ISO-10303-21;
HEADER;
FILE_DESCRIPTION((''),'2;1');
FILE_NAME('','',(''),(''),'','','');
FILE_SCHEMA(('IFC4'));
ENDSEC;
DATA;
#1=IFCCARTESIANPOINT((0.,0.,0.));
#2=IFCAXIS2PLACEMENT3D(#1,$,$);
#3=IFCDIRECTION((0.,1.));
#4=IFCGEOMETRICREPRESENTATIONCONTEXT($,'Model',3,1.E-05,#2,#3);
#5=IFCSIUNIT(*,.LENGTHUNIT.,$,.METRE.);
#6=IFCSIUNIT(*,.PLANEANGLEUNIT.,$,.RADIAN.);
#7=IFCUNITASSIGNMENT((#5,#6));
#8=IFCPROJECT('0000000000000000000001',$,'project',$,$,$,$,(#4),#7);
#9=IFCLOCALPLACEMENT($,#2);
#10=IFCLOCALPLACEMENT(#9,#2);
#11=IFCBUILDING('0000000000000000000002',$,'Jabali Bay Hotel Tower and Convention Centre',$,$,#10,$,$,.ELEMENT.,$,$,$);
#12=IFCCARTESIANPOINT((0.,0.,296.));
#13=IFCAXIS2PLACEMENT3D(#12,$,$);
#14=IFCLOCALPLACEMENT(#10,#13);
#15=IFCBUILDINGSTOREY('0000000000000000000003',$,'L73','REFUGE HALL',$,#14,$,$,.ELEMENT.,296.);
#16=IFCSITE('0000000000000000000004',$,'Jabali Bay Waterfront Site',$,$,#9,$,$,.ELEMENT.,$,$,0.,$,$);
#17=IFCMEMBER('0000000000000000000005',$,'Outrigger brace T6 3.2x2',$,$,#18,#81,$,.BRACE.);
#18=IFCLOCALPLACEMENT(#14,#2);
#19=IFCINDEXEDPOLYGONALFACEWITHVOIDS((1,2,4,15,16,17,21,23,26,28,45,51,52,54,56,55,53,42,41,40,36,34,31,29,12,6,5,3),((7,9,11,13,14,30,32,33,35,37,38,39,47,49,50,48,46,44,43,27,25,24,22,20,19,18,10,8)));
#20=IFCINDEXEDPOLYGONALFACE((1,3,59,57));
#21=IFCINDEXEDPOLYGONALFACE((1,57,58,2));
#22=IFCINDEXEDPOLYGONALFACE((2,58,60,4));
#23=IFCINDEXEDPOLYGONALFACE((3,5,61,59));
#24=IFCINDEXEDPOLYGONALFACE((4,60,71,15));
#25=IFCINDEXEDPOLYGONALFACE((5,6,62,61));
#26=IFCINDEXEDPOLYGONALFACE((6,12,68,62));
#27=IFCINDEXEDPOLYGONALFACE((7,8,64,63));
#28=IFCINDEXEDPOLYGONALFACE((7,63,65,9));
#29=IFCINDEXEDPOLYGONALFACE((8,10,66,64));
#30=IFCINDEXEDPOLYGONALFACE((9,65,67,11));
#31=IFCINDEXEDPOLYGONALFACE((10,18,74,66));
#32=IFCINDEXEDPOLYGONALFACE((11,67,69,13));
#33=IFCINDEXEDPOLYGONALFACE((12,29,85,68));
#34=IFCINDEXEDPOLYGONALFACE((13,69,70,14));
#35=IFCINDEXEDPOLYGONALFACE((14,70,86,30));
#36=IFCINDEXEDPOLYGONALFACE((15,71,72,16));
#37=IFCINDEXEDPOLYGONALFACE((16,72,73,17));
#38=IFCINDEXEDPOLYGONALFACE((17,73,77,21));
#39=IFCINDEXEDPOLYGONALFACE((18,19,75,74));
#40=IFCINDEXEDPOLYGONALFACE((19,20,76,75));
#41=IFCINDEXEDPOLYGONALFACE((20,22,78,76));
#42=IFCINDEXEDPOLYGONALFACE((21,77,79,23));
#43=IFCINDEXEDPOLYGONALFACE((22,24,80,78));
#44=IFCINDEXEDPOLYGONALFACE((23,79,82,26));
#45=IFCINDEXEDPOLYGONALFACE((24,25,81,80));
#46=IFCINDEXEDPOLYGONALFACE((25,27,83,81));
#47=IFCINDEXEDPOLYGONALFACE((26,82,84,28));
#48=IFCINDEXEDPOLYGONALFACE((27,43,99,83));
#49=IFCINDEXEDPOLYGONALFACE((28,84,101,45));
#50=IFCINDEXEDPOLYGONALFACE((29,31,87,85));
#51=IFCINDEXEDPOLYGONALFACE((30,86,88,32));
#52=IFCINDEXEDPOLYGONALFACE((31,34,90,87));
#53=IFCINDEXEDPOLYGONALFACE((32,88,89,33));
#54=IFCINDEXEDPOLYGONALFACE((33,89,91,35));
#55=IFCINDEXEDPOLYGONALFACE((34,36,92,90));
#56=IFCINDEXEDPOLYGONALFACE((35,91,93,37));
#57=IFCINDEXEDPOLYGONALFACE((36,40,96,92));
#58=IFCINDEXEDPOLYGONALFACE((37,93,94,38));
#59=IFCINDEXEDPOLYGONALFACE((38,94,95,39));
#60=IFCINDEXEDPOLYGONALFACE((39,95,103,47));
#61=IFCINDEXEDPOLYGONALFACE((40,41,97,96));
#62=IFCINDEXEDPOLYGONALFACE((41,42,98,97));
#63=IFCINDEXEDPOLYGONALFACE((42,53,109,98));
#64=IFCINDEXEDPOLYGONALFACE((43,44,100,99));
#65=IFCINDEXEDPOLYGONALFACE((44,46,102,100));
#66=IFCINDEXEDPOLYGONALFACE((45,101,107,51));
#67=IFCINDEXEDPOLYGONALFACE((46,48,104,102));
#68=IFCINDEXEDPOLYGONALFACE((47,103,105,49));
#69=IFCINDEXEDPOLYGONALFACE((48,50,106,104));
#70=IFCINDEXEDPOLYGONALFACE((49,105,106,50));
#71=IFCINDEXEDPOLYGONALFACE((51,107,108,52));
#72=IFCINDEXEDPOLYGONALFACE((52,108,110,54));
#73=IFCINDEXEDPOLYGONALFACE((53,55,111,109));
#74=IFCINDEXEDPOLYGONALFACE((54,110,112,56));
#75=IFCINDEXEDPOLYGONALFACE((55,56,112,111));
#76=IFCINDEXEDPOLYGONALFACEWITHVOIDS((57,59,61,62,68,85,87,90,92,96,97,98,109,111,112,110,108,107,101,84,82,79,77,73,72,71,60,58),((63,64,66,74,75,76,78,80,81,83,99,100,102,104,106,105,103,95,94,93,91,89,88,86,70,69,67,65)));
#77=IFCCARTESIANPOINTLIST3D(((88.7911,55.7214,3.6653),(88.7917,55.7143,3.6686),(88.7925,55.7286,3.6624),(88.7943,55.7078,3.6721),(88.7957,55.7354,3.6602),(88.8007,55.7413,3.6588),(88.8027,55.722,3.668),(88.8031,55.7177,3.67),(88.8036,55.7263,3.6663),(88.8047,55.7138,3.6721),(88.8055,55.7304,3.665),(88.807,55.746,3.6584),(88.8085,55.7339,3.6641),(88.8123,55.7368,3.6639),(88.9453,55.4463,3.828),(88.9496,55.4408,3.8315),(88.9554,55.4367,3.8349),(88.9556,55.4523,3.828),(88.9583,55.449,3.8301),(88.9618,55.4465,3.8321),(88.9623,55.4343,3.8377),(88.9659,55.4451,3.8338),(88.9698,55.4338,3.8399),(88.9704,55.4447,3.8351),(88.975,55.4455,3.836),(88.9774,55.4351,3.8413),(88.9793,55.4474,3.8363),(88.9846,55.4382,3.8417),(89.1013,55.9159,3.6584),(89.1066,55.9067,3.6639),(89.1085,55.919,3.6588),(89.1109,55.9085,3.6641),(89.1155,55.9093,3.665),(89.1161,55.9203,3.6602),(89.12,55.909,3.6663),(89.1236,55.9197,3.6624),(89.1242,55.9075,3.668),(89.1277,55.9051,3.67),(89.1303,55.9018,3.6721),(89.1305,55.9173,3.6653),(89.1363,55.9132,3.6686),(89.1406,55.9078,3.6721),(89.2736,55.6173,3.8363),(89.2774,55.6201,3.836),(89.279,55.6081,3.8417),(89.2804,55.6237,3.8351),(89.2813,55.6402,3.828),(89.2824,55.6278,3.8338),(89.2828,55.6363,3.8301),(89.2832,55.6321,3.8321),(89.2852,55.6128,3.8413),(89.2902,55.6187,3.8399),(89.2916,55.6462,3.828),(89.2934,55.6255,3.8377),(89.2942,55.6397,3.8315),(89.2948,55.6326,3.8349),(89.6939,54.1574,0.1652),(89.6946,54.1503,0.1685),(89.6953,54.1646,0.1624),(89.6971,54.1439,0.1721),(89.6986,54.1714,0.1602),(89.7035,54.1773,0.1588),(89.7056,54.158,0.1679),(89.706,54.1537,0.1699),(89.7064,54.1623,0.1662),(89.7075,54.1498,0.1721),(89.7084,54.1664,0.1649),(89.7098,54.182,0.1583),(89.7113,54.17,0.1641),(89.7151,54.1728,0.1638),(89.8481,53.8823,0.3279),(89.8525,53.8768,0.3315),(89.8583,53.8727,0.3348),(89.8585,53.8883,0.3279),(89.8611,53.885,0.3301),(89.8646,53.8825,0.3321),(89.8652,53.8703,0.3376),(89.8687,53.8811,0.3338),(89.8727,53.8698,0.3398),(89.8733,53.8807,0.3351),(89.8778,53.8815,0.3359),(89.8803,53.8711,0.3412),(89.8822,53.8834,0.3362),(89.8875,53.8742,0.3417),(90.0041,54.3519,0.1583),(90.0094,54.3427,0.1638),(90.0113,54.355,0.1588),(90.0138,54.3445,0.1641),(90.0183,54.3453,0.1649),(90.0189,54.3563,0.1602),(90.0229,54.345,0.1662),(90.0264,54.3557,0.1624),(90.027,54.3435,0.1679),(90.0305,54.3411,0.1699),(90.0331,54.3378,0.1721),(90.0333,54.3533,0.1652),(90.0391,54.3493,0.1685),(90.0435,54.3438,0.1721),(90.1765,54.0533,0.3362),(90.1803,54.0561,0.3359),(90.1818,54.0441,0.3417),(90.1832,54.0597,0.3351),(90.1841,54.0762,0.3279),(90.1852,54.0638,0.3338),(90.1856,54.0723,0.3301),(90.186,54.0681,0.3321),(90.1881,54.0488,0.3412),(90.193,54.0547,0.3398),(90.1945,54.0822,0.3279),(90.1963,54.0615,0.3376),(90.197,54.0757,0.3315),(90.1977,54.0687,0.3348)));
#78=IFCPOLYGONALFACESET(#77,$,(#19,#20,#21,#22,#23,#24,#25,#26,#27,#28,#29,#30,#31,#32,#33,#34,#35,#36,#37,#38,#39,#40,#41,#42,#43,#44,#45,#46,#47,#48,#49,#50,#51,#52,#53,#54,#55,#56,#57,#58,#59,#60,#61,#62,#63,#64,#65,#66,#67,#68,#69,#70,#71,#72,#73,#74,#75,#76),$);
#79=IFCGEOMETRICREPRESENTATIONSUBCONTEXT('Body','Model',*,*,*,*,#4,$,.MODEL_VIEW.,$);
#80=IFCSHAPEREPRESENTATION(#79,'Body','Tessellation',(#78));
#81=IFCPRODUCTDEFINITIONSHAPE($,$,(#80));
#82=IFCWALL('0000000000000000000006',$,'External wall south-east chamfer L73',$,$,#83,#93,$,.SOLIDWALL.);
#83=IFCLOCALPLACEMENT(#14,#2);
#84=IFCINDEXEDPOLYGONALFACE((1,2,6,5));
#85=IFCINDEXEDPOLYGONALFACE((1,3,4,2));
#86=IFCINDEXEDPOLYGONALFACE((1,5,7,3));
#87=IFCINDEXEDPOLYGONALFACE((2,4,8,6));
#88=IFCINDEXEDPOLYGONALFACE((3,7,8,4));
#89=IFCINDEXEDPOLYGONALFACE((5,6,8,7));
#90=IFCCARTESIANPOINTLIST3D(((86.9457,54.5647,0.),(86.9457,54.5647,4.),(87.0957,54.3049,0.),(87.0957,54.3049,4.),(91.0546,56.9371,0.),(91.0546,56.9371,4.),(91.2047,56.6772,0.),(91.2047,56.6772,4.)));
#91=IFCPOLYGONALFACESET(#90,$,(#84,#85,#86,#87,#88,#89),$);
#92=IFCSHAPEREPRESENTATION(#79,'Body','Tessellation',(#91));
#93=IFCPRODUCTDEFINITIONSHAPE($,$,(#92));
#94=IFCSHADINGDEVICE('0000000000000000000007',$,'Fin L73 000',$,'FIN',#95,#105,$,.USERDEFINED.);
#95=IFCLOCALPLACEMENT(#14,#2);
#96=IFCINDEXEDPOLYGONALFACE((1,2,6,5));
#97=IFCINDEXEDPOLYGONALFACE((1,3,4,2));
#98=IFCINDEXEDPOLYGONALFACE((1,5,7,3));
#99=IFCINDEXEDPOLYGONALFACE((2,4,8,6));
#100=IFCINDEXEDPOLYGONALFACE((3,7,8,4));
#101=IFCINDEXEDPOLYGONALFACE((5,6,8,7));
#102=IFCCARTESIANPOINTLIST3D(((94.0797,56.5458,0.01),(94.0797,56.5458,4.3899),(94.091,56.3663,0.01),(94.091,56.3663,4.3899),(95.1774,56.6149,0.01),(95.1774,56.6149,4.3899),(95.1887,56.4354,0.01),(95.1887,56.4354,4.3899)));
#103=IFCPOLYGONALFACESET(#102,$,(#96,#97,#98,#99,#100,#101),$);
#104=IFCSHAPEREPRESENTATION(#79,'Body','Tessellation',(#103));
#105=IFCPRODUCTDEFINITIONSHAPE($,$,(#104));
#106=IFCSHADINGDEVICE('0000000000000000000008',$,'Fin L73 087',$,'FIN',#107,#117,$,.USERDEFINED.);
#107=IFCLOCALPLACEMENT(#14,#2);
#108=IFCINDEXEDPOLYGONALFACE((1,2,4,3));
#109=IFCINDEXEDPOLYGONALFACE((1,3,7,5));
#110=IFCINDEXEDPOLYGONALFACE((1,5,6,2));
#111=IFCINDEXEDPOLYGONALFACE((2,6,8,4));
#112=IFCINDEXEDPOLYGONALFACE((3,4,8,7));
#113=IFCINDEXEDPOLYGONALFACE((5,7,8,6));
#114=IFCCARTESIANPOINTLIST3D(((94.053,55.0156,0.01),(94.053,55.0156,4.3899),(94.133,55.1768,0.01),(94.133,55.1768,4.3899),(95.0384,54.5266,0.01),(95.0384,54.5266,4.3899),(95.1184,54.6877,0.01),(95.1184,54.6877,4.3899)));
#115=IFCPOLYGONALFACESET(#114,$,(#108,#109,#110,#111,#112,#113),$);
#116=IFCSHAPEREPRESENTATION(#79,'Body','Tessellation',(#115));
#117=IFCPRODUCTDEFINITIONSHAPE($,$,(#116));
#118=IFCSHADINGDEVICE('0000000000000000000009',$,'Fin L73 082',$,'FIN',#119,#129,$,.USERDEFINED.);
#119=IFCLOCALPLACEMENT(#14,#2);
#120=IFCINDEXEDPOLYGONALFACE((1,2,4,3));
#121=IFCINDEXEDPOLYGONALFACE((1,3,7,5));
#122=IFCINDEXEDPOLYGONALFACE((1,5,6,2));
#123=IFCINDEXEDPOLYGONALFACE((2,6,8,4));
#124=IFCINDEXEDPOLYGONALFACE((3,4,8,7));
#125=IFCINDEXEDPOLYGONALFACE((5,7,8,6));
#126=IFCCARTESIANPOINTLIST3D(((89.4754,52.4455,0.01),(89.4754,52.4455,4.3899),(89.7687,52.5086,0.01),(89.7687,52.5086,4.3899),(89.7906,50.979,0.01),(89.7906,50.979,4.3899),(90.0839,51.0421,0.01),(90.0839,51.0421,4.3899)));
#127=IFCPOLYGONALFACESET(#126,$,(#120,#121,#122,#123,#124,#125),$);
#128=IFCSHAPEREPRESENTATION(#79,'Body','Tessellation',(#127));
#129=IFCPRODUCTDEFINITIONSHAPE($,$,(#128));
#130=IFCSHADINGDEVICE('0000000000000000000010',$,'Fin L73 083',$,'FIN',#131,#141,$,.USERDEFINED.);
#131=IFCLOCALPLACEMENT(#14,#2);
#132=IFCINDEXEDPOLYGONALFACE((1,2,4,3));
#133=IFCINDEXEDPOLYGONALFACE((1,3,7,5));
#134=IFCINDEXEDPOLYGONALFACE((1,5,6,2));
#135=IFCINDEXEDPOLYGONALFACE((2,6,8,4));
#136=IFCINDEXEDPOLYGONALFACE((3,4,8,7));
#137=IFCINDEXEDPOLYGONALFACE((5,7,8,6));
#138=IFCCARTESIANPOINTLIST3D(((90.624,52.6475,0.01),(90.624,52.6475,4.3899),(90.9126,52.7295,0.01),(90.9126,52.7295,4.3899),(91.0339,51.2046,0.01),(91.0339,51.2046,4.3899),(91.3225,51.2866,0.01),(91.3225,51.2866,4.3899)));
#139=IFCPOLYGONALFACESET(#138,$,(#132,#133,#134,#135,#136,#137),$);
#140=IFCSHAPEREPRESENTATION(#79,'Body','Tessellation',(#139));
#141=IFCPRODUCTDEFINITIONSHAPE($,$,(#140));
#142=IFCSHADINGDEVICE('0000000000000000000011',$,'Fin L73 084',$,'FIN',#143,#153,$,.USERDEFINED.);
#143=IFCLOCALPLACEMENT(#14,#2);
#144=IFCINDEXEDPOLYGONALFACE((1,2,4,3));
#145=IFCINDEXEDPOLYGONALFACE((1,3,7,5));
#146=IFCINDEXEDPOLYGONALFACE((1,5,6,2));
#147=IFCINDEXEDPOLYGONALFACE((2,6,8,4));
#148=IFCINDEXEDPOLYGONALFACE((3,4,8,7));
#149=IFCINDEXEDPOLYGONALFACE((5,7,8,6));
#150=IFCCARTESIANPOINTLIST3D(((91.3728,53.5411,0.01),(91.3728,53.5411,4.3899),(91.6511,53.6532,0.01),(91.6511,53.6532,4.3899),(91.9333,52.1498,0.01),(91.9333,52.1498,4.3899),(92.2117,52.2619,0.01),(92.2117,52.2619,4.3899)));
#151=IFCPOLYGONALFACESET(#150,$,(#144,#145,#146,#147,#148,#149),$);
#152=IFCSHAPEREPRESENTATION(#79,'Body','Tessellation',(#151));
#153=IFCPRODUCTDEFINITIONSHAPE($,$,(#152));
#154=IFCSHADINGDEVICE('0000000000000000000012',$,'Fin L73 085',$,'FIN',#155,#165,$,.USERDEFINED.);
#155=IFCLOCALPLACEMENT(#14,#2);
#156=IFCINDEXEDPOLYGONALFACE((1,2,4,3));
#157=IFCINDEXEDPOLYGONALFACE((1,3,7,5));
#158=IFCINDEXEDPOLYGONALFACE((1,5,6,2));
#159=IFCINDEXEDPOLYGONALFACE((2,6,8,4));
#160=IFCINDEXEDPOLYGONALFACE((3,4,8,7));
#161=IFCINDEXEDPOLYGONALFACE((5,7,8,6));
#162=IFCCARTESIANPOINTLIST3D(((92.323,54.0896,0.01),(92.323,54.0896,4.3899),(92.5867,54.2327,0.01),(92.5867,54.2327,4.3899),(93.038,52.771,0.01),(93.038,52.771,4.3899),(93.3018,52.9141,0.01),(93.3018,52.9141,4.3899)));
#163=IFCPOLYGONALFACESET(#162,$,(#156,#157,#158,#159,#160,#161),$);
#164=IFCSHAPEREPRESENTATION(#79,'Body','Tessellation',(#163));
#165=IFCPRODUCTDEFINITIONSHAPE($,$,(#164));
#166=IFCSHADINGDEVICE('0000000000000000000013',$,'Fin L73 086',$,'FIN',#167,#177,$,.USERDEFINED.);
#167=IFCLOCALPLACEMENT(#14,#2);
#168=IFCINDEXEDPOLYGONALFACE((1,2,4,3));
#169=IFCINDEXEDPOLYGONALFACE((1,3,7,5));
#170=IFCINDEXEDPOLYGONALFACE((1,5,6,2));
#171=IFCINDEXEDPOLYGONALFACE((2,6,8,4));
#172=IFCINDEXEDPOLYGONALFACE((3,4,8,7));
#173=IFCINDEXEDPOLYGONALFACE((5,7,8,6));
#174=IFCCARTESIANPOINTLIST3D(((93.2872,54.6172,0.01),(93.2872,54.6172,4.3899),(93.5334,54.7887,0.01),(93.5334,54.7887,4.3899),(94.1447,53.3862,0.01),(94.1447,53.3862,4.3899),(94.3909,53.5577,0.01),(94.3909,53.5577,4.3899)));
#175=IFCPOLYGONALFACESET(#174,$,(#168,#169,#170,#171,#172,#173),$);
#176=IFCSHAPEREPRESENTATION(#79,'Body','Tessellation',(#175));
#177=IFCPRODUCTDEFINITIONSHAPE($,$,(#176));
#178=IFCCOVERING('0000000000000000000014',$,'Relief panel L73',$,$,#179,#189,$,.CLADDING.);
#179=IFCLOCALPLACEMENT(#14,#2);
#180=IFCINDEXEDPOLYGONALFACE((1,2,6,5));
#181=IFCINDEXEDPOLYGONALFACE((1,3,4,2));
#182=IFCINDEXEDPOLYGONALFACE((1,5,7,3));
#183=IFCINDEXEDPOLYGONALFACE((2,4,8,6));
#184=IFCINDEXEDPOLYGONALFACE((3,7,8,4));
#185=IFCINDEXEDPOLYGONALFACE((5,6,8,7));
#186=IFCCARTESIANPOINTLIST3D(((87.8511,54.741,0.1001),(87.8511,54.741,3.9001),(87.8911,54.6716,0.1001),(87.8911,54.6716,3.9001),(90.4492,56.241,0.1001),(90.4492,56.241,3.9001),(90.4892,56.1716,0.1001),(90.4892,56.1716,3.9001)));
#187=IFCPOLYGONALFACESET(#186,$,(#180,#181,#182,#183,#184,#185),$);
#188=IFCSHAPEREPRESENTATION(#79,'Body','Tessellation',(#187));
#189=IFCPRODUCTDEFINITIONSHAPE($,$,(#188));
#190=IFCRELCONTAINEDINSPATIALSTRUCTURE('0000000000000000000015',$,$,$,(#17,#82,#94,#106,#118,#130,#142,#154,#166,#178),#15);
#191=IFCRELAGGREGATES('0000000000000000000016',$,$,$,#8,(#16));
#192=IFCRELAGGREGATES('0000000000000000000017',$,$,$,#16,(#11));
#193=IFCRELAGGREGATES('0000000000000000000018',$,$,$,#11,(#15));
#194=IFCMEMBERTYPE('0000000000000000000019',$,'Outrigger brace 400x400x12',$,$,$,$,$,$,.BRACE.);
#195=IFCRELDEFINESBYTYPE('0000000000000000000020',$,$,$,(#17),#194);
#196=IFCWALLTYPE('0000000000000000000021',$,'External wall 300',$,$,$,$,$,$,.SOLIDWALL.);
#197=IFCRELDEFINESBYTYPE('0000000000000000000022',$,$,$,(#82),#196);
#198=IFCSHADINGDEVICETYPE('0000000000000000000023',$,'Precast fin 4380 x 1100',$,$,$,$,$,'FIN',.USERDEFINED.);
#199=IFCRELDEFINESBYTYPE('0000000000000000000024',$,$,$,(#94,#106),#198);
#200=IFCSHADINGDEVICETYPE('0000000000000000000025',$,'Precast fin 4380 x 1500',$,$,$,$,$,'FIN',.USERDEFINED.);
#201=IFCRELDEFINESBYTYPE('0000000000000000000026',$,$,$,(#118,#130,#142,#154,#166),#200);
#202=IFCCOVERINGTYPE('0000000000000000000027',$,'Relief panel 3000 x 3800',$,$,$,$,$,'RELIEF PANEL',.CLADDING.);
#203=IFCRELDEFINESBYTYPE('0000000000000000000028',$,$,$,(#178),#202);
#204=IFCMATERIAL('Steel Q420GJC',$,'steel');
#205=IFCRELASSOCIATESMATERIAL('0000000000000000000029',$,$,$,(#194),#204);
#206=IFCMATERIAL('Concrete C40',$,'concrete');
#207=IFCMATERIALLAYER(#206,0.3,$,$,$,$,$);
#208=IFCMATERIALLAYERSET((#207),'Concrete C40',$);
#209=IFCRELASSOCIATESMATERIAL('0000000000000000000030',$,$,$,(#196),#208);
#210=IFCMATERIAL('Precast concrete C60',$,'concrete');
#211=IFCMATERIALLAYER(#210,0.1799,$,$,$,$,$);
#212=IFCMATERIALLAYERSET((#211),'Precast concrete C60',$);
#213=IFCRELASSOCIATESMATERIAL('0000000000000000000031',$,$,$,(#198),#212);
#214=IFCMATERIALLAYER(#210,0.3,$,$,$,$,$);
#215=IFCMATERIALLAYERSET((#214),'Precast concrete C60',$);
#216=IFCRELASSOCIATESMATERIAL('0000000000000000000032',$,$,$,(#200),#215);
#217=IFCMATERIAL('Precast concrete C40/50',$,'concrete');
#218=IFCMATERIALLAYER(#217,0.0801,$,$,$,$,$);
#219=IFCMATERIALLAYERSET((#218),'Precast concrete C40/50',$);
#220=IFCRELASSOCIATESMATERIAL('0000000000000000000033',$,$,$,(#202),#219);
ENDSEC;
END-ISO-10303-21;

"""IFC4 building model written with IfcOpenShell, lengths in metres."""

from ifc_helpers import new_model, si_unit, direction, frame, frame_2d, origin, origin_2d, place, context, subcontext, project, spatial, rectangle, hollow_rectangle, extrude, material, layer, layer_set, material_profile, profile_set, type_object, element, save


model = new_model("IFC4")

# Units and contexts
model_context = context("Model", 3, precision=1e-05, world=origin(), true_north=direction((0.0, 1.0)))
body_context = subcontext(model_context, "Body", "Model", "MODEL_VIEW")
ifc_project = project(units=[si_unit("LENGTHUNIT", "METRE"), si_unit("PLANEANGLEUNIT", "RADIAN")], contexts=[model_context])

# Site, building, storey
site_placement = place(None, origin())
site = spatial("IfcSite", under=ifc_project, at=site_placement, Name="Jabali Bay Waterfront Site", CompositionType="ELEMENT", RefElevation=0.0)
building_placement = place(site_placement, origin())
building = spatial("IfcBuilding", under=site, at=building_placement, Name="Jabali Bay Hotel Tower and Convention Centre", CompositionType="ELEMENT")
storey_placement = place(building_placement, frame((0.0, 0.0, 296.0)))
storey = spatial("IfcBuildingStorey", under=building, at=storey_placement, Name="L73", Description="REFUGE HALL", CompositionType="ELEMENT", Elevation=296.0)

# Member
ifc_material_1 = material(Name="Steel Q420GJC", Category="steel")
ifc_material_profile_1 = material_profile(ifc_material_1, hollow_rectangle(XDim=0.3999, YDim=0.3999, WallThickness=0.012, InnerFilletRadius=0.0181, OuterFilletRadius=0.03, at=origin_2d()), Name="Outrigger brace 400x400x12")
ifc_profile_set_1 = profile_set([ifc_material_profile_1], Name="Steel Q420GJC")
member_type_1 = type_object("IfcMemberType", Name="Outrigger brace 400x400x12", PredefinedType="BRACE", material=ifc_profile_set_1)
member_1_placement = place(storey_placement, frame((89.9458, 54.113, 0.25), z_axis=(-0.229238, 0.397105, 0.888683), x_axis=(-0.866055, -0.499949, 0.0)))
element("IfcMember", 1, at=member_1_placement, inside=storey, type_object=member_type_1, Name="Outrigger brace T6 3.2x2", PredefinedType="BRACE", context=body_context, shape_type="SweptSolid", body=[
    extrude(hollow_rectangle(XDim=0.3999, YDim=0.3999, WallThickness=0.012, InnerFilletRadius=0.0181, OuterFilletRadius=0.03, at=origin_2d()), origin(), (0.0, 0.0, 1.0), 3.9385),
])

# Wall
ifc_material_2 = material(Name="Concrete C40", Category="concrete")
ifc_layer_1 = layer(ifc_material_2, 0.3)
ifc_layer_set_1 = layer_set([ifc_layer_1], Name="Concrete C40")
wall_type = type_object("IfcWallType", Name="External wall 300", PredefinedType="SOLIDWALL", material=ifc_layer_set_1)
wall_placement = place(storey_placement, frame((91.1296, 56.8071, 0.0), z_axis=(0.0, 0.0, 1.0), x_axis=(-0.866021, -0.500008, 0.0)))
element("IfcWall", 2, at=wall_placement, inside=storey, type_object=wall_type, Name="External wall south-east chamfer L73", PredefinedType="SOLIDWALL", context=body_context, shape_type="SweptSolid", body=[
    extrude(rectangle(XDim=4.7446, YDim=0.3, at=frame_2d((2.3723, 0.0))), origin(), (0.0, 0.0, 1.0), 4.0),
])

# Shading devices
ifc_material_3 = material(Name="Precast concrete C60", Category="concrete")
ifc_layer_2 = layer(ifc_material_3, 0.1799)
ifc_layer_set_2 = layer_set([ifc_layer_2], Name="Precast concrete C60")
shading_device_type_1 = type_object("IfcShadingDeviceType", Name="Precast fin 4380 x 1100", ElementType="FIN", PredefinedType="USERDEFINED", material=ifc_layer_set_2)
shading_device_1_placement = place(storey_placement, frame((94.0854, 56.4561, 0.01), z_axis=(0.0, 0.0, 1.0), x_axis=(0.998025, 0.062821, 0.0)))
element("IfcShadingDevice", 3, at=shading_device_1_placement, inside=storey, type_object=shading_device_type_1, Name="Fin L73 000", ObjectType="FIN", PredefinedType="USERDEFINED", context=body_context, shape_type="SweptSolid", body=[
    extrude(rectangle(XDim=1.0999, YDim=0.1799, at=frame_2d((0.5498, 0.0))), origin(), (0.0, 0.0, 1.0), 4.3799),
])
shading_device_2_placement = place(storey_placement, frame((94.093, 55.0962, 0.01), z_axis=(0.0, 0.0, 1.0), x_axis=(0.895755, -0.444548, 0.0)))
element("IfcShadingDevice", 4, at=shading_device_2_placement, inside=storey, type_object=shading_device_type_1, Name="Fin L73 087", ObjectType="FIN", PredefinedType="USERDEFINED", context=body_context, shape_type="SweptSolid", body=[
    extrude(rectangle(XDim=1.1001, YDim=0.1799, at=frame_2d((0.55, 0.0))), origin(), (0.0, 0.0, 1.0), 4.3799),
])
ifc_layer_3 = layer(ifc_material_3, 0.3)
ifc_layer_set_3 = layer_set([ifc_layer_3], Name="Precast concrete C60")
shading_device_type_2 = type_object("IfcShadingDeviceType", Name="Precast fin 4380 x 1500", ElementType="FIN", PredefinedType="USERDEFINED", material=ifc_layer_set_3)
for number, where, z_axis, x_axis, name in (
    (5, (89.6221, 52.4771, 0.01), (0.0, 0.0, 1.0), (0.210118, -0.977676, 0.0), "Fin L73 082"),
    (6, (90.7683, 52.6885, 0.01), (0.0, 0.0, 1.0), (0.273281, -0.961934, 0.0), "Fin L73 083"),
    (7, (91.512, 53.5972, 0.01), (0.0, 0.0, 1.0), (0.373691, -0.927553, 0.0), "Fin L73 084"),
    (8, (92.4548, 54.1611, 0.01), (0.0, 0.0, 1.0), (0.476718, -0.879056, 0.0), "Fin L73 085"),
):
    element("IfcShadingDevice", number, at=place(storey_placement, frame(where, z_axis=z_axis, x_axis=x_axis)), inside=storey, type_object=shading_device_type_2, Name=name, ObjectType="FIN", PredefinedType="USERDEFINED", context=body_context, shape_type="SweptSolid", body=[
        extrude(rectangle(XDim=1.5, YDim=0.3, at=frame_2d((0.75, 0.0))), origin(), (0.0, 0.0, 1.0), 4.3799),
    ])
shading_device_3_placement = place(storey_placement, frame((93.4104, 54.7029, 0.01), z_axis=(0.0, 0.0, 1.0), x_axis=(0.57156, -0.82056, 0.0)))
element("IfcShadingDevice", 9, at=shading_device_3_placement, inside=storey, type_object=shading_device_type_2, Name="Fin L73 086", ObjectType="FIN", PredefinedType="USERDEFINED", context=body_context, shape_type="SweptSolid", body=[
    extrude(rectangle(XDim=1.5002, YDim=0.3, at=frame_2d((0.75, 0.0))), origin(), (0.0, 0.0, 1.0), 4.3799),
])

# Covering
ifc_material_4 = material(Name="Precast concrete C40/50", Category="concrete")
ifc_layer_4 = layer(ifc_material_4, 0.0801)
ifc_layer_set_4 = layer_set([ifc_layer_4], Name="Precast concrete C40/50")
covering_type = type_object("IfcCoveringType", Name="Relief panel 3000 x 3800", ElementType="RELIEF PANEL", PredefinedType="CLADDING", material=ifc_layer_set_4)
covering_placement = place(storey_placement, frame((89.1702, 55.4563, 0.1001), z_axis=(0.0, 0.0, 1.0), x_axis=(-0.866025, -0.5, 0.0)))
element("IfcCovering", 10, at=covering_placement, inside=storey, type_object=covering_type, Name="Relief panel L73", PredefinedType="CLADDING", context=body_context, shape_type="SweptSolid", body=[
    extrude(rectangle(XDim=3.0, YDim=0.0801, at=origin_2d()), origin(), (0.0, 0.0, 1.0), 3.8),
])

save(model, "model.ifc")
